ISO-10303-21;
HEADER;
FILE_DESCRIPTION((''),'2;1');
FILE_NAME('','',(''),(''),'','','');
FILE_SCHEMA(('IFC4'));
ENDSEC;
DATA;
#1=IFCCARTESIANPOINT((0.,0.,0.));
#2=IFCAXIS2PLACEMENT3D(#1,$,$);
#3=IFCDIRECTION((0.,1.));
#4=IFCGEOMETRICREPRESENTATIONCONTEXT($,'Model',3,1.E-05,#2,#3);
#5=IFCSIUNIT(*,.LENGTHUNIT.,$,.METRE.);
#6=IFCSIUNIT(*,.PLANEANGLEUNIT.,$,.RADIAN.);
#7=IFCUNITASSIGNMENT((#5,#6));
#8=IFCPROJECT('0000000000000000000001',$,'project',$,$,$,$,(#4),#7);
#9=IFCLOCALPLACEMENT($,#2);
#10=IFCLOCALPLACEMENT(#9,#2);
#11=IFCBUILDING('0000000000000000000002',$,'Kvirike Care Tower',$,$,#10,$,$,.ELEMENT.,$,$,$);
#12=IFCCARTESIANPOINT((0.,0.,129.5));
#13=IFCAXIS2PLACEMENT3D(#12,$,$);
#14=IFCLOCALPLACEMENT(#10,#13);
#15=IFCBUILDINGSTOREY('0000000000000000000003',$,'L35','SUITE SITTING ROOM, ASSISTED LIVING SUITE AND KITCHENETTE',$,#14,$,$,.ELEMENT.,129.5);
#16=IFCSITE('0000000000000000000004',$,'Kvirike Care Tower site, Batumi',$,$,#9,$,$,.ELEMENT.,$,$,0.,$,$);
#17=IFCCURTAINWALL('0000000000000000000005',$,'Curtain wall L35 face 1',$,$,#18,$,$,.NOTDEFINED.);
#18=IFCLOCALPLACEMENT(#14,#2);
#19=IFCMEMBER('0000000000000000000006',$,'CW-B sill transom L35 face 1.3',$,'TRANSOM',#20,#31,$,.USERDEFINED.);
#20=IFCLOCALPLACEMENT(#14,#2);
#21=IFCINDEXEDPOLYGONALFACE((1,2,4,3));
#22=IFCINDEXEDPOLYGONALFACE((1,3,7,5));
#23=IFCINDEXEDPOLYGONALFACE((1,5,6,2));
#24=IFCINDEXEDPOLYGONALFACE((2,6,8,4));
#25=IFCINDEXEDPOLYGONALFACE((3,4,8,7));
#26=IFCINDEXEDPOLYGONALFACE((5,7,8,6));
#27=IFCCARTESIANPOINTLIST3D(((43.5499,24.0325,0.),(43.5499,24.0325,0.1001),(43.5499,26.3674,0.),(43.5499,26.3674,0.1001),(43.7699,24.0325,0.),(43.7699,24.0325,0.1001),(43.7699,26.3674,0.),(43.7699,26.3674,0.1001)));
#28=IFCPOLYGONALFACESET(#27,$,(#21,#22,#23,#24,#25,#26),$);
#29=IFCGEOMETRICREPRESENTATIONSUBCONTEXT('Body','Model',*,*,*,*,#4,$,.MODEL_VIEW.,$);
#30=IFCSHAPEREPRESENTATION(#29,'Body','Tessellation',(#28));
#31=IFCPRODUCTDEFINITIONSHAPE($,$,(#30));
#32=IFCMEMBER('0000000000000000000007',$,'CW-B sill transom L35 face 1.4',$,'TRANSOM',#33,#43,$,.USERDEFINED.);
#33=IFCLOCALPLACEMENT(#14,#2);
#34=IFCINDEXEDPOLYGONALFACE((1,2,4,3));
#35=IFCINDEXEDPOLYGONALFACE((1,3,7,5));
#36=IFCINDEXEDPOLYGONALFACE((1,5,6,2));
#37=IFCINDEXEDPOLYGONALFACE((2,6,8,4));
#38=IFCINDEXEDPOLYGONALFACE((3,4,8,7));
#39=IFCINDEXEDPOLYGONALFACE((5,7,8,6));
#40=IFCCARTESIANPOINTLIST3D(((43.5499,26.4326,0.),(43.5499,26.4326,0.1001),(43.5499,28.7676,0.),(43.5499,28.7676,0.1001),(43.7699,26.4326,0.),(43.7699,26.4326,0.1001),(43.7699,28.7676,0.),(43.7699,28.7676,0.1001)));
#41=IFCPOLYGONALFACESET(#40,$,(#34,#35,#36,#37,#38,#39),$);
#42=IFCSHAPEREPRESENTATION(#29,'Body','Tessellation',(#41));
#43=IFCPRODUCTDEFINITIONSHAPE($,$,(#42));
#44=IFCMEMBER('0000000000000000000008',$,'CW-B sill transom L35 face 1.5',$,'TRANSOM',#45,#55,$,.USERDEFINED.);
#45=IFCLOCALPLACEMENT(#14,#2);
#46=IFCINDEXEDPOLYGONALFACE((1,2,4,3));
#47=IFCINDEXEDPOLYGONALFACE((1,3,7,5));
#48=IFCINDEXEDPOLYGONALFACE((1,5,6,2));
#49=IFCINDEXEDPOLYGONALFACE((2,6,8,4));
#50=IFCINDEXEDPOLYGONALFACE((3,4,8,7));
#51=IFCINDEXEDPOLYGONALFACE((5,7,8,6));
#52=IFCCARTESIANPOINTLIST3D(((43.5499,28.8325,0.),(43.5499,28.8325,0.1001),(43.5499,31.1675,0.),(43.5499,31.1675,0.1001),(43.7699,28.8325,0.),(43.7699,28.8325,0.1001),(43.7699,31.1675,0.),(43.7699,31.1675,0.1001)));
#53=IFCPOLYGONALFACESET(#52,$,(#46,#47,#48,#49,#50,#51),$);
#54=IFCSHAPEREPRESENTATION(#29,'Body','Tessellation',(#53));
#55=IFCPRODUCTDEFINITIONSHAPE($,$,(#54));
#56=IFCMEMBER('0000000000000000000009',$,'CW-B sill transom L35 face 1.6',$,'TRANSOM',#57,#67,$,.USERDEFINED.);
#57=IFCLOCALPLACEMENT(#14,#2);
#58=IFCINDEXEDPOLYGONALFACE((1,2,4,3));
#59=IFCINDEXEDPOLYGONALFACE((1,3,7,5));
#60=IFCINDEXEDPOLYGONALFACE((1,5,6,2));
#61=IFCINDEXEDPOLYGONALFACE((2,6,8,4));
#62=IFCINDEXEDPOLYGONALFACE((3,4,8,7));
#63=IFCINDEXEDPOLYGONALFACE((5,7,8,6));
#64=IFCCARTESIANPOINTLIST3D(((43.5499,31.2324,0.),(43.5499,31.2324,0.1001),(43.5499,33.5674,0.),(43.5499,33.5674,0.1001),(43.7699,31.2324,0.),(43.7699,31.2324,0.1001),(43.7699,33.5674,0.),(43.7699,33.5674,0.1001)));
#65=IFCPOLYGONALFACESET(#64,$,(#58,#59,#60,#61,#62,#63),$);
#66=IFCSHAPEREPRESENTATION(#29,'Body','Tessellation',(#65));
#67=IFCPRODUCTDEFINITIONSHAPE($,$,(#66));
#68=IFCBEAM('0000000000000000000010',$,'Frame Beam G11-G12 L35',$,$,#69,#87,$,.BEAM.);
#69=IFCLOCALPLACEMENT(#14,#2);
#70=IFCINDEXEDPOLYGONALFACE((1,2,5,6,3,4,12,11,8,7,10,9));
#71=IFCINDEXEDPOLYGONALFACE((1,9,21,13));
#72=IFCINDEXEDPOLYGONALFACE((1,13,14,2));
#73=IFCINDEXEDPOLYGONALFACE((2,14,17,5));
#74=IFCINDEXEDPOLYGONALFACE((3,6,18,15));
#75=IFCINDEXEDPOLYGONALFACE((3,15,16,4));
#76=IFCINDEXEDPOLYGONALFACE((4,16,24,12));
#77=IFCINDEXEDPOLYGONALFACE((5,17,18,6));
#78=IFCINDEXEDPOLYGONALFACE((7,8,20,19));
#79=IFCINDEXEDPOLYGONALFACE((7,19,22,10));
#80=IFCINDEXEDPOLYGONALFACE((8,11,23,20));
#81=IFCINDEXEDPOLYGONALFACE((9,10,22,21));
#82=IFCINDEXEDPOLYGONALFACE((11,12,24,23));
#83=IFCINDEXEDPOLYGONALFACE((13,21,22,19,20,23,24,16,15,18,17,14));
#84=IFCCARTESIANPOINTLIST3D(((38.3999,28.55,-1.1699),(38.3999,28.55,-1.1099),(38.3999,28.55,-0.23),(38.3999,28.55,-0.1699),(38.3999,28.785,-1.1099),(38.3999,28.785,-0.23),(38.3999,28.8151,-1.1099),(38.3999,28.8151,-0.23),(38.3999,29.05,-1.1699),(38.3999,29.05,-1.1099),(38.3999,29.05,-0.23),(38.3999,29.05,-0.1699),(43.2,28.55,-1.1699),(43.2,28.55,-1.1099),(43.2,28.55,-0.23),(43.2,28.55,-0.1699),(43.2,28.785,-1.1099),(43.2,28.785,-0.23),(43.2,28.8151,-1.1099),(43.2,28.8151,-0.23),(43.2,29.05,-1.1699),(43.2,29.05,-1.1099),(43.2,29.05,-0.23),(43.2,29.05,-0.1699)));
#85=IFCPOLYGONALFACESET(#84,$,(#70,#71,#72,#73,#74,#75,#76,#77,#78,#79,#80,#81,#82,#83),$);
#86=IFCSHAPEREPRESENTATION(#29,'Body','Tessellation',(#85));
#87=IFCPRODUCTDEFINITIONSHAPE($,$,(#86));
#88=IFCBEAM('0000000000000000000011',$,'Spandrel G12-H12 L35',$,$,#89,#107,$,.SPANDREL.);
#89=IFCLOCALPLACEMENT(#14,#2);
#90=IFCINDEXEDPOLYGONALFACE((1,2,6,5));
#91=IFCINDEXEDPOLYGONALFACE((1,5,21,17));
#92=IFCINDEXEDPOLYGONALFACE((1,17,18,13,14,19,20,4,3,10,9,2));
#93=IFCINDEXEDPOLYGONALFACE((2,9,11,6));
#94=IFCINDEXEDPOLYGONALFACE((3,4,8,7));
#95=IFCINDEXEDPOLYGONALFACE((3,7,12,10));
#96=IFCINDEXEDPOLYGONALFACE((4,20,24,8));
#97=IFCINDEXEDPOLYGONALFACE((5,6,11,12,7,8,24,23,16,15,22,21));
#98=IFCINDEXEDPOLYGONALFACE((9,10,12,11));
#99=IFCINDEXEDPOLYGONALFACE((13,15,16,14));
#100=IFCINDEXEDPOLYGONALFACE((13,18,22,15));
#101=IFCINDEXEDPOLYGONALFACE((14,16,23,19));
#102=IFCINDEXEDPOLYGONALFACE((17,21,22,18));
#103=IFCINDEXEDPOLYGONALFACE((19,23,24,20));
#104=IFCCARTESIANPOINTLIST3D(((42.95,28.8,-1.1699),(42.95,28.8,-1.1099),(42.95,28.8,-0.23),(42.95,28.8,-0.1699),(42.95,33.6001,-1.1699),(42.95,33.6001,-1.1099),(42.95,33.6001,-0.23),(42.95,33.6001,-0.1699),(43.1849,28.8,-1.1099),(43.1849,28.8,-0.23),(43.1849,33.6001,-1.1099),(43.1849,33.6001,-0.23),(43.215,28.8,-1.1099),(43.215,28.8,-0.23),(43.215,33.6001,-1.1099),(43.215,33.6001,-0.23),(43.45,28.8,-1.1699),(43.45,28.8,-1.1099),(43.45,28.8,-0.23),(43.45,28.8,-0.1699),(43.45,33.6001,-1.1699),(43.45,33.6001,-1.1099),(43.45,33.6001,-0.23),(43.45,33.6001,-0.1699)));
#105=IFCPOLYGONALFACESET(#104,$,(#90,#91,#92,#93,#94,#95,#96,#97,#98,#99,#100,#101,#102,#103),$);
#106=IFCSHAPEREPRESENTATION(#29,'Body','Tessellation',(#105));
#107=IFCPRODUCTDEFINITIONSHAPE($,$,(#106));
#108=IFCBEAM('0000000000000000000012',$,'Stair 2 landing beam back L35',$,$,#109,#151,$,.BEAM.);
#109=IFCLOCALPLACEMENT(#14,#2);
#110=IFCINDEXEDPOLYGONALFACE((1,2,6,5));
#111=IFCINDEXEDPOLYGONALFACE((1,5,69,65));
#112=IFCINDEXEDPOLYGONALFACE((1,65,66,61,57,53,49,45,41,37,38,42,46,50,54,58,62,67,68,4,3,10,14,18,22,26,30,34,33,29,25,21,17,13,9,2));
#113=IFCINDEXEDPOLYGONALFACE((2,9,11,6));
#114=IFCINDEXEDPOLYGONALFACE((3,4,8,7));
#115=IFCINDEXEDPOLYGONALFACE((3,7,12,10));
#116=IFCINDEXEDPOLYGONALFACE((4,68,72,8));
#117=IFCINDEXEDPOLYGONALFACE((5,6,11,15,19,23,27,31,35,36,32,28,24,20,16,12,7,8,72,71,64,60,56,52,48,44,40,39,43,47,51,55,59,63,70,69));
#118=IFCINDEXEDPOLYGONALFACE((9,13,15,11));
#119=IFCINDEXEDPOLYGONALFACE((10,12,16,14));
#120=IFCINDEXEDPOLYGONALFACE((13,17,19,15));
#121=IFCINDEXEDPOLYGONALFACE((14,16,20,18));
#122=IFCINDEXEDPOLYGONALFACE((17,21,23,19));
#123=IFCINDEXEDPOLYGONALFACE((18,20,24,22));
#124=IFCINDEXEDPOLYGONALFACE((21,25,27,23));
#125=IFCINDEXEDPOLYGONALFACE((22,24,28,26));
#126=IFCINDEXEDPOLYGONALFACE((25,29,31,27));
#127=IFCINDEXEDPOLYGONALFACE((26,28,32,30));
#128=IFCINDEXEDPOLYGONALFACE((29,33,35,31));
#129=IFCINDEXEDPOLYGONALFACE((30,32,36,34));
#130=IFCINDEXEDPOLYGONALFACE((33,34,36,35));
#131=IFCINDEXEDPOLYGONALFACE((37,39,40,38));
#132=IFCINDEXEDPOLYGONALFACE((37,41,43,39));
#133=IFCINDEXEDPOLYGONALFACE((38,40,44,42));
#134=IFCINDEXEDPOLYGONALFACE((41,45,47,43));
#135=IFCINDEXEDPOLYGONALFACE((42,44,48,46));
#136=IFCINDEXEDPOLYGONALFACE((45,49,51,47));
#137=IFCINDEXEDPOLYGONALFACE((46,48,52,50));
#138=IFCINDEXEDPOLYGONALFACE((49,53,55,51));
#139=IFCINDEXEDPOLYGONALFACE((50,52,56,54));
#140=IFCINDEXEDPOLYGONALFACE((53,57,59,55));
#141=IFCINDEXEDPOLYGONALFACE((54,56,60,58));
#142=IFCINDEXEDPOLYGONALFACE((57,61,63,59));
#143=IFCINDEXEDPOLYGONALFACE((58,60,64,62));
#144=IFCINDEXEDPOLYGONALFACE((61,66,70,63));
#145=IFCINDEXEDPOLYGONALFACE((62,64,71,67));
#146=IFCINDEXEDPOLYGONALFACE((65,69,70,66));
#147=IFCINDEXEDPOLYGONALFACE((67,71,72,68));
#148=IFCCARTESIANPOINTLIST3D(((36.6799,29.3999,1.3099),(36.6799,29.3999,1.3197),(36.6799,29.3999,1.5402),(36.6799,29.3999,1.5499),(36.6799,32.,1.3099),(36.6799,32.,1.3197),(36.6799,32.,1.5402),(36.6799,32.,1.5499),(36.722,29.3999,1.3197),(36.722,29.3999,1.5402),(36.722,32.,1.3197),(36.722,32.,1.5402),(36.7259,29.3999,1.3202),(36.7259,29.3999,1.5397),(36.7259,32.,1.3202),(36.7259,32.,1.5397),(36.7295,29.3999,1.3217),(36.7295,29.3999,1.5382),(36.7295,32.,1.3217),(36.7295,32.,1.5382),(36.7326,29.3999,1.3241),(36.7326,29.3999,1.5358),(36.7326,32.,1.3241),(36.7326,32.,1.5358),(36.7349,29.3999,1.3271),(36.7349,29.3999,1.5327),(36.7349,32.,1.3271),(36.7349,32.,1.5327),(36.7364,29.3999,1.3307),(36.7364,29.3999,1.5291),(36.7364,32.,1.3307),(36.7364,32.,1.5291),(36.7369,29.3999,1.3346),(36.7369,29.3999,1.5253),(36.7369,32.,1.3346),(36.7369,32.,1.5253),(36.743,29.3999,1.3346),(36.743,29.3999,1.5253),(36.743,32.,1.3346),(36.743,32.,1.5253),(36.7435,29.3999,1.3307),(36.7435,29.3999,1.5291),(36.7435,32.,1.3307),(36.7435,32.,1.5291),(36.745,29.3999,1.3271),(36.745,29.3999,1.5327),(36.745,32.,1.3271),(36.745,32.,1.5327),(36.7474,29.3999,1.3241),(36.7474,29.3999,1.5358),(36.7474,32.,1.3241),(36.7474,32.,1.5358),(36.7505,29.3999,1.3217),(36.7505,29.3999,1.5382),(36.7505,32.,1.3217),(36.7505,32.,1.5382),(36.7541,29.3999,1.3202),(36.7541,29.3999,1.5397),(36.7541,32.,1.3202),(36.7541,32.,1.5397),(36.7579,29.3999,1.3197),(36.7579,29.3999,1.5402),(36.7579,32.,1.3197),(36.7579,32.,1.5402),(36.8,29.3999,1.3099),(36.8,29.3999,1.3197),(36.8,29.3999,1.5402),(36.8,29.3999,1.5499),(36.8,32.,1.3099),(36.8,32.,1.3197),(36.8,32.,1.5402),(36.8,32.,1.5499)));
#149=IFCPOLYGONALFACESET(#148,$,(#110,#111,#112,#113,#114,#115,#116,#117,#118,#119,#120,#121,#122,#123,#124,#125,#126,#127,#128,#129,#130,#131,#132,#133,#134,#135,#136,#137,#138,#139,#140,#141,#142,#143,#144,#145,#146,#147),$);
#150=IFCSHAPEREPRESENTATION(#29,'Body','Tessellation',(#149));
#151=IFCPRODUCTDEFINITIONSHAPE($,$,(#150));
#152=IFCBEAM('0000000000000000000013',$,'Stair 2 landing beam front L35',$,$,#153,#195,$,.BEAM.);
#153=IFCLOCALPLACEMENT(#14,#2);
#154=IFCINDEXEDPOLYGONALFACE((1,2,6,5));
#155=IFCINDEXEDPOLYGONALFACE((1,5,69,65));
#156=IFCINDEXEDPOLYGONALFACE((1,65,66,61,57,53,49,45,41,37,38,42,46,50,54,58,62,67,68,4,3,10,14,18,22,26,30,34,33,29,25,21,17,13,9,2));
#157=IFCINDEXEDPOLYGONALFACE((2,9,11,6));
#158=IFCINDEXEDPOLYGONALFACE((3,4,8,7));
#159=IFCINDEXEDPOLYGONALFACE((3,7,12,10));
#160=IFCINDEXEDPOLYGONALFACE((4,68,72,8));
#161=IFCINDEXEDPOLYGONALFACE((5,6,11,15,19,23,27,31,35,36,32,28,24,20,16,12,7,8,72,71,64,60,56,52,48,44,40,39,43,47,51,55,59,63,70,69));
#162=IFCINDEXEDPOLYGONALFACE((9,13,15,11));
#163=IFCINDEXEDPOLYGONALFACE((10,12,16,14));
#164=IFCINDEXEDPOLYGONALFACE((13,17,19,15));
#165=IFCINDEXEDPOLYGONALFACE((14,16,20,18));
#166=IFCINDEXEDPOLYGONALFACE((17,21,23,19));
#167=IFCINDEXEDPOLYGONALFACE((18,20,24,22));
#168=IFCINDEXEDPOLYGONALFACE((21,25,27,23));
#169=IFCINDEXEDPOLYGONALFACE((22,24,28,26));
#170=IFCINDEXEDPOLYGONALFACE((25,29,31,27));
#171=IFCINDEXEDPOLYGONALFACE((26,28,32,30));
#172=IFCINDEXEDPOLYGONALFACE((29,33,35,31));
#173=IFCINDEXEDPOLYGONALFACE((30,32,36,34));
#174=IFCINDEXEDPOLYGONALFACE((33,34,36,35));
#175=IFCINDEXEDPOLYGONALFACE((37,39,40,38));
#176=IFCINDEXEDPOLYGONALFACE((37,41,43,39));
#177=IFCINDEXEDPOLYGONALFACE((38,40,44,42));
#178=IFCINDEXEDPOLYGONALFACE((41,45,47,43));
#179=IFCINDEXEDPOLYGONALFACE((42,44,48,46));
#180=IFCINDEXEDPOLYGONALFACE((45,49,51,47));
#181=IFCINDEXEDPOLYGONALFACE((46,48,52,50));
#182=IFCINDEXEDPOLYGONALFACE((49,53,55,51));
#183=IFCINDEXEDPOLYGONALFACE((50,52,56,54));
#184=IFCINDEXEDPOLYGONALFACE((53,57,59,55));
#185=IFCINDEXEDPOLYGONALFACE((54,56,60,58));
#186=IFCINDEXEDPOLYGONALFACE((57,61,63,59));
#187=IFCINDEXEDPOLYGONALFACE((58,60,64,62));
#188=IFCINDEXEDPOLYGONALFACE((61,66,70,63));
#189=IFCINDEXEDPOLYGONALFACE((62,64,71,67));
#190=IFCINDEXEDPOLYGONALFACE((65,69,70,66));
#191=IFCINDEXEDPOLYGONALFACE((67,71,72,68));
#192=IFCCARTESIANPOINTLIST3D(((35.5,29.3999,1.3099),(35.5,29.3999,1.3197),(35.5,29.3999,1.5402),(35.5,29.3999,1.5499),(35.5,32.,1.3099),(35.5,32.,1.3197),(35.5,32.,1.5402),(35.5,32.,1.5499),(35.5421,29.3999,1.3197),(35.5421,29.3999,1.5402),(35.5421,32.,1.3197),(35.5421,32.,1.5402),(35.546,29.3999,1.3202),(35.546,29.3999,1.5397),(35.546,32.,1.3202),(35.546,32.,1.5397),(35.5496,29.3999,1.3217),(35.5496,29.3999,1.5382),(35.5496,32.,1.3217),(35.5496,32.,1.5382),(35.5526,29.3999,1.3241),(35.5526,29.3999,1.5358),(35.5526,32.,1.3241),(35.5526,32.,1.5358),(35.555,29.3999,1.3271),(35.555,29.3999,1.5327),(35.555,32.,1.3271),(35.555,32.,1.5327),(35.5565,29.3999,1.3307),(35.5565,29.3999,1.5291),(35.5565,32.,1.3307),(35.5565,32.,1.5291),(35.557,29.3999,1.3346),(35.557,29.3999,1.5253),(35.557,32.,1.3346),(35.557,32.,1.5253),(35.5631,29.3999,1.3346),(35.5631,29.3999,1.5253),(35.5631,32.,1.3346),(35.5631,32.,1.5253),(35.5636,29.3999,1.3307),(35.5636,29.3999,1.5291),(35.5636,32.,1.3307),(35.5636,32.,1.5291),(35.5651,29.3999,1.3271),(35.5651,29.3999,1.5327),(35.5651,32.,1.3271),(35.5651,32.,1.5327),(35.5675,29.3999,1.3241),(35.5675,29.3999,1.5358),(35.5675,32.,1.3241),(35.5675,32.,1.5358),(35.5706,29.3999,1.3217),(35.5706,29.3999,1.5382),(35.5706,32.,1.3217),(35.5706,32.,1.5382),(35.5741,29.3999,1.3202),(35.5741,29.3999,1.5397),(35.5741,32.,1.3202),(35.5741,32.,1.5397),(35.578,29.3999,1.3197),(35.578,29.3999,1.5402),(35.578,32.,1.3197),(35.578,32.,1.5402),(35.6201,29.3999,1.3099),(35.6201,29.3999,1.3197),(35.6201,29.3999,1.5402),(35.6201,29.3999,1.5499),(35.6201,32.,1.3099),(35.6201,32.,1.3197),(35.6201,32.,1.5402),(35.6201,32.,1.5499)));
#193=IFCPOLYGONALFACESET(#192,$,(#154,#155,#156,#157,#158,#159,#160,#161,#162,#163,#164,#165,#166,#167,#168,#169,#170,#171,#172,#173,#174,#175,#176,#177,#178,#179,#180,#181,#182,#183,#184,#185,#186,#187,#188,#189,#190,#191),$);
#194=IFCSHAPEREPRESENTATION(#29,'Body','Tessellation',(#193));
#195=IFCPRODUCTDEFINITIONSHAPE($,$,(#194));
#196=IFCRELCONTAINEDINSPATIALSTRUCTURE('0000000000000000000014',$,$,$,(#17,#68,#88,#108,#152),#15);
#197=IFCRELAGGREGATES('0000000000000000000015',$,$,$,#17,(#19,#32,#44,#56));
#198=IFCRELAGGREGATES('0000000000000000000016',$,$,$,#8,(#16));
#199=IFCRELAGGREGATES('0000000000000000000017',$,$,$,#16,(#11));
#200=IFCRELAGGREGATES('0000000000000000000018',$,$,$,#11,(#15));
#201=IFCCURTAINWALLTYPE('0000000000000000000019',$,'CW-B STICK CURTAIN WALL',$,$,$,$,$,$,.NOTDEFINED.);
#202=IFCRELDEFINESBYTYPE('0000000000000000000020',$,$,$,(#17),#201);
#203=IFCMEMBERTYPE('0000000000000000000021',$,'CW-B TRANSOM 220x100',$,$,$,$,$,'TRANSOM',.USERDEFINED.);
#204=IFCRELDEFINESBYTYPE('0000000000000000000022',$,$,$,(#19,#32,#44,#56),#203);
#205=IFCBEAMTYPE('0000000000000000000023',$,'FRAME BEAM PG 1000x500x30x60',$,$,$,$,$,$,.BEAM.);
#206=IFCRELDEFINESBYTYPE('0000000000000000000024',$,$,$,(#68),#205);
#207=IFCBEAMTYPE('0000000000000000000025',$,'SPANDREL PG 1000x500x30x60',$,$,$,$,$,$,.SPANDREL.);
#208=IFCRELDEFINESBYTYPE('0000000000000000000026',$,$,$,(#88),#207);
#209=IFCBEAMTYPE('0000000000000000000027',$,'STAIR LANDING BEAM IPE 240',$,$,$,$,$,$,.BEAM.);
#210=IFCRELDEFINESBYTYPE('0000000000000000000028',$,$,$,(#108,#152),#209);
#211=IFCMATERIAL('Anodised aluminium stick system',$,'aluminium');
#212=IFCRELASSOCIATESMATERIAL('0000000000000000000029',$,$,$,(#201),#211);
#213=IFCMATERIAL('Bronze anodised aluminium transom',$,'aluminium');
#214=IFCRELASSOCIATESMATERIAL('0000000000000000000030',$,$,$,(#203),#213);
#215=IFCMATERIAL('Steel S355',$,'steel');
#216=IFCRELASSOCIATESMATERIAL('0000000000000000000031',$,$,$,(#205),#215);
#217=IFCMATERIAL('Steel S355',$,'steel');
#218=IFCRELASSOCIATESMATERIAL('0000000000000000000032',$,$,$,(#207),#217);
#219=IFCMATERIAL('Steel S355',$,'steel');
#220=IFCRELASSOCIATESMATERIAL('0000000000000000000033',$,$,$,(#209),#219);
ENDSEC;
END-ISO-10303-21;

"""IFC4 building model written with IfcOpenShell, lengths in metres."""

from ifc_helpers import new_model, si_unit, direction, frame, origin, origin_2d, place, context, subcontext, project, spatial, rectangle, i_section, extrude, material, material_profile, profile_set, type_object, element, aggregate, save


model = new_model("IFC4")

# Units and contexts
model_context = context("Model", 3, precision=1e-05, world=origin(), true_north=direction((0.0, 1.0)))
body_context = subcontext(model_context, "Body", "Model", "MODEL_VIEW")
ifc_project = project(units=[si_unit("LENGTHUNIT", "METRE"), si_unit("PLANEANGLEUNIT", "RADIAN")], contexts=[model_context])

# Site, building, storey
site_placement = place(None, origin())
site = spatial("IfcSite", under=ifc_project, at=site_placement, Name="Kvirike Care Tower site, Batumi", CompositionType="ELEMENT", RefElevation=0.0)
building_placement = place(site_placement, origin())
building = spatial("IfcBuilding", under=site, at=building_placement, Name="Kvirike Care Tower", CompositionType="ELEMENT")
storey_placement = place(building_placement, frame((0.0, 0.0, 129.5)))
storey = spatial("IfcBuildingStorey", under=building, at=storey_placement, Name="L35", Description="SUITE SITTING ROOM, ASSISTED LIVING SUITE AND KITCHENETTE", CompositionType="ELEMENT", Elevation=129.5)

# Curtain wall, members
ifc_material_1 = material(Name="Anodised aluminium stick system", Category="aluminium")
curtain_wall_type = type_object("IfcCurtainWallType", Name="CW-B STICK CURTAIN WALL", PredefinedType="NOTDEFINED", material=ifc_material_1)
curtain_wall_placement = place(storey_placement, origin())
curtain_wall = element("IfcCurtainWall", 1, at=curtain_wall_placement, inside=storey, type_object=curtain_wall_type, Name="Curtain wall L35 face 1", PredefinedType="NOTDEFINED")
ifc_material_2 = material(Name="Bronze anodised aluminium transom", Category="aluminium")
ifc_material_profile_1 = material_profile(ifc_material_2, rectangle(XDim=0.22, YDim=0.1001, at=origin_2d()), Name="CW-B TRANSOM 220x100")
ifc_profile_set_1 = profile_set([ifc_material_profile_1], Name="Bronze anodised aluminium transom")
member_type_1 = type_object("IfcMemberType", Name="CW-B TRANSOM 220x100", ElementType="TRANSOM", PredefinedType="USERDEFINED", material=ifc_profile_set_1)
member_1_placement = place(storey_placement, frame((43.6599, 24.0325, 0.05), z_axis=(0.0, 1.0, 0.0), x_axis=(-1.0, 0.0, 0.0)))
member_1 = element("IfcMember", 2, at=member_1_placement, type_object=member_type_1, Name="CW-B sill transom L35 face 1.3", ObjectType="TRANSOM", PredefinedType="USERDEFINED", context=body_context, shape_type="SweptSolid", body=[
    extrude(rectangle(XDim=0.22, YDim=0.1001, at=origin_2d()), origin(), (0.0, 0.0, 1.0), 2.335),
])
member_2_placement = place(storey_placement, frame((43.6599, 26.4326, 0.05), z_axis=(0.0, 1.0, 0.0), x_axis=(-1.0, 0.0, 0.0)))
member_2 = element("IfcMember", 3, at=member_2_placement, type_object=member_type_1, Name="CW-B sill transom L35 face 1.4", ObjectType="TRANSOM", PredefinedType="USERDEFINED", context=body_context, shape_type="SweptSolid", body=[
    extrude(rectangle(XDim=0.22, YDim=0.1001, at=origin_2d()), origin(), (0.0, 0.0, 1.0), 2.335),
])
member_3_placement = place(storey_placement, frame((43.6599, 28.8325, 0.05), z_axis=(0.0, 1.0, 0.0), x_axis=(-1.0, 0.0, 0.0)))
member_3 = element("IfcMember", 4, at=member_3_placement, type_object=member_type_1, Name="CW-B sill transom L35 face 1.5", ObjectType="TRANSOM", PredefinedType="USERDEFINED", context=body_context, shape_type="SweptSolid", body=[
    extrude(rectangle(XDim=0.22, YDim=0.1001, at=origin_2d()), origin(), (0.0, 0.0, 1.0), 2.335),
])
member_4_placement = place(storey_placement, frame((43.6599, 31.2324, 0.05), z_axis=(0.0, 1.0, 0.0), x_axis=(-1.0, 0.0, 0.0)))
member_4 = element("IfcMember", 5, at=member_4_placement, type_object=member_type_1, Name="CW-B sill transom L35 face 1.6", ObjectType="TRANSOM", PredefinedType="USERDEFINED", context=body_context, shape_type="SweptSolid", body=[
    extrude(rectangle(XDim=0.22, YDim=0.1001, at=origin_2d()), origin(), (0.0, 0.0, 1.0), 2.335),
])

# Beams
ifc_material_3 = material(Name="Steel S355", Category="steel")
ifc_material_profile_2 = material_profile(ifc_material_3, i_section(OverallWidth=0.5, OverallDepth=1.0, WebThickness=0.03, FlangeThickness=0.0601, at=origin_2d()), Name="PG 1000x500x30x60")
ifc_profile_set_2 = profile_set([ifc_material_profile_2], Name="Steel S355")
beam_type_1 = type_object("IfcBeamType", Name="FRAME BEAM PG 1000x500x30x60", PredefinedType="BEAM", material=ifc_profile_set_2)
beam_1_placement = place(storey_placement, frame((38.3999, 28.8, -0.6699), z_axis=(1.0, 0.0, 0.0), x_axis=(0.0, 1.0, 0.0)))
element("IfcBeam", 6, at=beam_1_placement, inside=storey, type_object=beam_type_1, Name="Frame Beam G11-G12 L35", PredefinedType="BEAM", context=body_context, shape_type="SweptSolid", body=[
    extrude(i_section(OverallWidth=0.5, OverallDepth=1.0, WebThickness=0.03, FlangeThickness=0.0601, at=origin_2d()), origin(), (0.0, 0.0, 1.0), 4.8),
])
ifc_material_4 = material(Name="Steel S355", Category="steel")
ifc_material_profile_3 = material_profile(ifc_material_4, i_section(OverallWidth=0.5, OverallDepth=1.0, WebThickness=0.03, FlangeThickness=0.0601, at=origin_2d()), Name="PG 1000x500x30x60")
ifc_profile_set_3 = profile_set([ifc_material_profile_3], Name="Steel S355")
beam_type_2 = type_object("IfcBeamType", Name="SPANDREL PG 1000x500x30x60", PredefinedType="SPANDREL", material=ifc_profile_set_3)
beam_2_placement = place(storey_placement, frame((43.2, 28.8, -0.6699), z_axis=(0.0, 1.0, 0.0), x_axis=(-1.0, 0.0, 0.0)))
element("IfcBeam", 7, at=beam_2_placement, inside=storey, type_object=beam_type_2, Name="Spandrel G12-H12 L35", PredefinedType="SPANDREL", context=body_context, shape_type="SweptSolid", body=[
    extrude(i_section(OverallWidth=0.5, OverallDepth=1.0, WebThickness=0.03, FlangeThickness=0.0601, at=origin_2d()), origin(), (0.0, 0.0, 1.0), 4.8),
])
ifc_material_5 = material(Name="Steel S355", Category="steel")
ifc_material_profile_4 = material_profile(ifc_material_5, i_section(OverallWidth=0.1201, OverallDepth=0.24, WebThickness=0.0061, FlangeThickness=0.0098, FilletRadius=0.0149, at=origin_2d()), Name="IPE 240")
ifc_profile_set_4 = profile_set([ifc_material_profile_4], Name="Steel S355")
beam_type_3 = type_object("IfcBeamType", Name="STAIR LANDING BEAM IPE 240", PredefinedType="BEAM", material=ifc_profile_set_4)
for number, where, z_axis, x_axis, name in (
    (8, (36.74, 29.3999, 1.4299), (0.0, 1.0, 0.0), (-1.0, 0.0, 0.0), "Stair 2 landing beam back L35"),
    (9, (35.5601, 29.3999, 1.4299), (0.0, 1.0, 0.0), (-1.0, 0.0, 0.0), "Stair 2 landing beam front L35"),
):
    element("IfcBeam", number, at=place(storey_placement, frame(where, z_axis=z_axis, x_axis=x_axis)), inside=storey, type_object=beam_type_3, Name=name, PredefinedType="BEAM", context=body_context, shape_type="SweptSolid", body=[
        extrude(i_section(OverallWidth=0.1201, OverallDepth=0.24, WebThickness=0.0061, FlangeThickness=0.0098, FilletRadius=0.0149, at=origin_2d()), origin(), (0.0, 0.0, 1.0), 2.6001),
    ])

aggregate(curtain_wall, [member_1, member_2, member_3, member_4])

save(model, "model.ifc")
